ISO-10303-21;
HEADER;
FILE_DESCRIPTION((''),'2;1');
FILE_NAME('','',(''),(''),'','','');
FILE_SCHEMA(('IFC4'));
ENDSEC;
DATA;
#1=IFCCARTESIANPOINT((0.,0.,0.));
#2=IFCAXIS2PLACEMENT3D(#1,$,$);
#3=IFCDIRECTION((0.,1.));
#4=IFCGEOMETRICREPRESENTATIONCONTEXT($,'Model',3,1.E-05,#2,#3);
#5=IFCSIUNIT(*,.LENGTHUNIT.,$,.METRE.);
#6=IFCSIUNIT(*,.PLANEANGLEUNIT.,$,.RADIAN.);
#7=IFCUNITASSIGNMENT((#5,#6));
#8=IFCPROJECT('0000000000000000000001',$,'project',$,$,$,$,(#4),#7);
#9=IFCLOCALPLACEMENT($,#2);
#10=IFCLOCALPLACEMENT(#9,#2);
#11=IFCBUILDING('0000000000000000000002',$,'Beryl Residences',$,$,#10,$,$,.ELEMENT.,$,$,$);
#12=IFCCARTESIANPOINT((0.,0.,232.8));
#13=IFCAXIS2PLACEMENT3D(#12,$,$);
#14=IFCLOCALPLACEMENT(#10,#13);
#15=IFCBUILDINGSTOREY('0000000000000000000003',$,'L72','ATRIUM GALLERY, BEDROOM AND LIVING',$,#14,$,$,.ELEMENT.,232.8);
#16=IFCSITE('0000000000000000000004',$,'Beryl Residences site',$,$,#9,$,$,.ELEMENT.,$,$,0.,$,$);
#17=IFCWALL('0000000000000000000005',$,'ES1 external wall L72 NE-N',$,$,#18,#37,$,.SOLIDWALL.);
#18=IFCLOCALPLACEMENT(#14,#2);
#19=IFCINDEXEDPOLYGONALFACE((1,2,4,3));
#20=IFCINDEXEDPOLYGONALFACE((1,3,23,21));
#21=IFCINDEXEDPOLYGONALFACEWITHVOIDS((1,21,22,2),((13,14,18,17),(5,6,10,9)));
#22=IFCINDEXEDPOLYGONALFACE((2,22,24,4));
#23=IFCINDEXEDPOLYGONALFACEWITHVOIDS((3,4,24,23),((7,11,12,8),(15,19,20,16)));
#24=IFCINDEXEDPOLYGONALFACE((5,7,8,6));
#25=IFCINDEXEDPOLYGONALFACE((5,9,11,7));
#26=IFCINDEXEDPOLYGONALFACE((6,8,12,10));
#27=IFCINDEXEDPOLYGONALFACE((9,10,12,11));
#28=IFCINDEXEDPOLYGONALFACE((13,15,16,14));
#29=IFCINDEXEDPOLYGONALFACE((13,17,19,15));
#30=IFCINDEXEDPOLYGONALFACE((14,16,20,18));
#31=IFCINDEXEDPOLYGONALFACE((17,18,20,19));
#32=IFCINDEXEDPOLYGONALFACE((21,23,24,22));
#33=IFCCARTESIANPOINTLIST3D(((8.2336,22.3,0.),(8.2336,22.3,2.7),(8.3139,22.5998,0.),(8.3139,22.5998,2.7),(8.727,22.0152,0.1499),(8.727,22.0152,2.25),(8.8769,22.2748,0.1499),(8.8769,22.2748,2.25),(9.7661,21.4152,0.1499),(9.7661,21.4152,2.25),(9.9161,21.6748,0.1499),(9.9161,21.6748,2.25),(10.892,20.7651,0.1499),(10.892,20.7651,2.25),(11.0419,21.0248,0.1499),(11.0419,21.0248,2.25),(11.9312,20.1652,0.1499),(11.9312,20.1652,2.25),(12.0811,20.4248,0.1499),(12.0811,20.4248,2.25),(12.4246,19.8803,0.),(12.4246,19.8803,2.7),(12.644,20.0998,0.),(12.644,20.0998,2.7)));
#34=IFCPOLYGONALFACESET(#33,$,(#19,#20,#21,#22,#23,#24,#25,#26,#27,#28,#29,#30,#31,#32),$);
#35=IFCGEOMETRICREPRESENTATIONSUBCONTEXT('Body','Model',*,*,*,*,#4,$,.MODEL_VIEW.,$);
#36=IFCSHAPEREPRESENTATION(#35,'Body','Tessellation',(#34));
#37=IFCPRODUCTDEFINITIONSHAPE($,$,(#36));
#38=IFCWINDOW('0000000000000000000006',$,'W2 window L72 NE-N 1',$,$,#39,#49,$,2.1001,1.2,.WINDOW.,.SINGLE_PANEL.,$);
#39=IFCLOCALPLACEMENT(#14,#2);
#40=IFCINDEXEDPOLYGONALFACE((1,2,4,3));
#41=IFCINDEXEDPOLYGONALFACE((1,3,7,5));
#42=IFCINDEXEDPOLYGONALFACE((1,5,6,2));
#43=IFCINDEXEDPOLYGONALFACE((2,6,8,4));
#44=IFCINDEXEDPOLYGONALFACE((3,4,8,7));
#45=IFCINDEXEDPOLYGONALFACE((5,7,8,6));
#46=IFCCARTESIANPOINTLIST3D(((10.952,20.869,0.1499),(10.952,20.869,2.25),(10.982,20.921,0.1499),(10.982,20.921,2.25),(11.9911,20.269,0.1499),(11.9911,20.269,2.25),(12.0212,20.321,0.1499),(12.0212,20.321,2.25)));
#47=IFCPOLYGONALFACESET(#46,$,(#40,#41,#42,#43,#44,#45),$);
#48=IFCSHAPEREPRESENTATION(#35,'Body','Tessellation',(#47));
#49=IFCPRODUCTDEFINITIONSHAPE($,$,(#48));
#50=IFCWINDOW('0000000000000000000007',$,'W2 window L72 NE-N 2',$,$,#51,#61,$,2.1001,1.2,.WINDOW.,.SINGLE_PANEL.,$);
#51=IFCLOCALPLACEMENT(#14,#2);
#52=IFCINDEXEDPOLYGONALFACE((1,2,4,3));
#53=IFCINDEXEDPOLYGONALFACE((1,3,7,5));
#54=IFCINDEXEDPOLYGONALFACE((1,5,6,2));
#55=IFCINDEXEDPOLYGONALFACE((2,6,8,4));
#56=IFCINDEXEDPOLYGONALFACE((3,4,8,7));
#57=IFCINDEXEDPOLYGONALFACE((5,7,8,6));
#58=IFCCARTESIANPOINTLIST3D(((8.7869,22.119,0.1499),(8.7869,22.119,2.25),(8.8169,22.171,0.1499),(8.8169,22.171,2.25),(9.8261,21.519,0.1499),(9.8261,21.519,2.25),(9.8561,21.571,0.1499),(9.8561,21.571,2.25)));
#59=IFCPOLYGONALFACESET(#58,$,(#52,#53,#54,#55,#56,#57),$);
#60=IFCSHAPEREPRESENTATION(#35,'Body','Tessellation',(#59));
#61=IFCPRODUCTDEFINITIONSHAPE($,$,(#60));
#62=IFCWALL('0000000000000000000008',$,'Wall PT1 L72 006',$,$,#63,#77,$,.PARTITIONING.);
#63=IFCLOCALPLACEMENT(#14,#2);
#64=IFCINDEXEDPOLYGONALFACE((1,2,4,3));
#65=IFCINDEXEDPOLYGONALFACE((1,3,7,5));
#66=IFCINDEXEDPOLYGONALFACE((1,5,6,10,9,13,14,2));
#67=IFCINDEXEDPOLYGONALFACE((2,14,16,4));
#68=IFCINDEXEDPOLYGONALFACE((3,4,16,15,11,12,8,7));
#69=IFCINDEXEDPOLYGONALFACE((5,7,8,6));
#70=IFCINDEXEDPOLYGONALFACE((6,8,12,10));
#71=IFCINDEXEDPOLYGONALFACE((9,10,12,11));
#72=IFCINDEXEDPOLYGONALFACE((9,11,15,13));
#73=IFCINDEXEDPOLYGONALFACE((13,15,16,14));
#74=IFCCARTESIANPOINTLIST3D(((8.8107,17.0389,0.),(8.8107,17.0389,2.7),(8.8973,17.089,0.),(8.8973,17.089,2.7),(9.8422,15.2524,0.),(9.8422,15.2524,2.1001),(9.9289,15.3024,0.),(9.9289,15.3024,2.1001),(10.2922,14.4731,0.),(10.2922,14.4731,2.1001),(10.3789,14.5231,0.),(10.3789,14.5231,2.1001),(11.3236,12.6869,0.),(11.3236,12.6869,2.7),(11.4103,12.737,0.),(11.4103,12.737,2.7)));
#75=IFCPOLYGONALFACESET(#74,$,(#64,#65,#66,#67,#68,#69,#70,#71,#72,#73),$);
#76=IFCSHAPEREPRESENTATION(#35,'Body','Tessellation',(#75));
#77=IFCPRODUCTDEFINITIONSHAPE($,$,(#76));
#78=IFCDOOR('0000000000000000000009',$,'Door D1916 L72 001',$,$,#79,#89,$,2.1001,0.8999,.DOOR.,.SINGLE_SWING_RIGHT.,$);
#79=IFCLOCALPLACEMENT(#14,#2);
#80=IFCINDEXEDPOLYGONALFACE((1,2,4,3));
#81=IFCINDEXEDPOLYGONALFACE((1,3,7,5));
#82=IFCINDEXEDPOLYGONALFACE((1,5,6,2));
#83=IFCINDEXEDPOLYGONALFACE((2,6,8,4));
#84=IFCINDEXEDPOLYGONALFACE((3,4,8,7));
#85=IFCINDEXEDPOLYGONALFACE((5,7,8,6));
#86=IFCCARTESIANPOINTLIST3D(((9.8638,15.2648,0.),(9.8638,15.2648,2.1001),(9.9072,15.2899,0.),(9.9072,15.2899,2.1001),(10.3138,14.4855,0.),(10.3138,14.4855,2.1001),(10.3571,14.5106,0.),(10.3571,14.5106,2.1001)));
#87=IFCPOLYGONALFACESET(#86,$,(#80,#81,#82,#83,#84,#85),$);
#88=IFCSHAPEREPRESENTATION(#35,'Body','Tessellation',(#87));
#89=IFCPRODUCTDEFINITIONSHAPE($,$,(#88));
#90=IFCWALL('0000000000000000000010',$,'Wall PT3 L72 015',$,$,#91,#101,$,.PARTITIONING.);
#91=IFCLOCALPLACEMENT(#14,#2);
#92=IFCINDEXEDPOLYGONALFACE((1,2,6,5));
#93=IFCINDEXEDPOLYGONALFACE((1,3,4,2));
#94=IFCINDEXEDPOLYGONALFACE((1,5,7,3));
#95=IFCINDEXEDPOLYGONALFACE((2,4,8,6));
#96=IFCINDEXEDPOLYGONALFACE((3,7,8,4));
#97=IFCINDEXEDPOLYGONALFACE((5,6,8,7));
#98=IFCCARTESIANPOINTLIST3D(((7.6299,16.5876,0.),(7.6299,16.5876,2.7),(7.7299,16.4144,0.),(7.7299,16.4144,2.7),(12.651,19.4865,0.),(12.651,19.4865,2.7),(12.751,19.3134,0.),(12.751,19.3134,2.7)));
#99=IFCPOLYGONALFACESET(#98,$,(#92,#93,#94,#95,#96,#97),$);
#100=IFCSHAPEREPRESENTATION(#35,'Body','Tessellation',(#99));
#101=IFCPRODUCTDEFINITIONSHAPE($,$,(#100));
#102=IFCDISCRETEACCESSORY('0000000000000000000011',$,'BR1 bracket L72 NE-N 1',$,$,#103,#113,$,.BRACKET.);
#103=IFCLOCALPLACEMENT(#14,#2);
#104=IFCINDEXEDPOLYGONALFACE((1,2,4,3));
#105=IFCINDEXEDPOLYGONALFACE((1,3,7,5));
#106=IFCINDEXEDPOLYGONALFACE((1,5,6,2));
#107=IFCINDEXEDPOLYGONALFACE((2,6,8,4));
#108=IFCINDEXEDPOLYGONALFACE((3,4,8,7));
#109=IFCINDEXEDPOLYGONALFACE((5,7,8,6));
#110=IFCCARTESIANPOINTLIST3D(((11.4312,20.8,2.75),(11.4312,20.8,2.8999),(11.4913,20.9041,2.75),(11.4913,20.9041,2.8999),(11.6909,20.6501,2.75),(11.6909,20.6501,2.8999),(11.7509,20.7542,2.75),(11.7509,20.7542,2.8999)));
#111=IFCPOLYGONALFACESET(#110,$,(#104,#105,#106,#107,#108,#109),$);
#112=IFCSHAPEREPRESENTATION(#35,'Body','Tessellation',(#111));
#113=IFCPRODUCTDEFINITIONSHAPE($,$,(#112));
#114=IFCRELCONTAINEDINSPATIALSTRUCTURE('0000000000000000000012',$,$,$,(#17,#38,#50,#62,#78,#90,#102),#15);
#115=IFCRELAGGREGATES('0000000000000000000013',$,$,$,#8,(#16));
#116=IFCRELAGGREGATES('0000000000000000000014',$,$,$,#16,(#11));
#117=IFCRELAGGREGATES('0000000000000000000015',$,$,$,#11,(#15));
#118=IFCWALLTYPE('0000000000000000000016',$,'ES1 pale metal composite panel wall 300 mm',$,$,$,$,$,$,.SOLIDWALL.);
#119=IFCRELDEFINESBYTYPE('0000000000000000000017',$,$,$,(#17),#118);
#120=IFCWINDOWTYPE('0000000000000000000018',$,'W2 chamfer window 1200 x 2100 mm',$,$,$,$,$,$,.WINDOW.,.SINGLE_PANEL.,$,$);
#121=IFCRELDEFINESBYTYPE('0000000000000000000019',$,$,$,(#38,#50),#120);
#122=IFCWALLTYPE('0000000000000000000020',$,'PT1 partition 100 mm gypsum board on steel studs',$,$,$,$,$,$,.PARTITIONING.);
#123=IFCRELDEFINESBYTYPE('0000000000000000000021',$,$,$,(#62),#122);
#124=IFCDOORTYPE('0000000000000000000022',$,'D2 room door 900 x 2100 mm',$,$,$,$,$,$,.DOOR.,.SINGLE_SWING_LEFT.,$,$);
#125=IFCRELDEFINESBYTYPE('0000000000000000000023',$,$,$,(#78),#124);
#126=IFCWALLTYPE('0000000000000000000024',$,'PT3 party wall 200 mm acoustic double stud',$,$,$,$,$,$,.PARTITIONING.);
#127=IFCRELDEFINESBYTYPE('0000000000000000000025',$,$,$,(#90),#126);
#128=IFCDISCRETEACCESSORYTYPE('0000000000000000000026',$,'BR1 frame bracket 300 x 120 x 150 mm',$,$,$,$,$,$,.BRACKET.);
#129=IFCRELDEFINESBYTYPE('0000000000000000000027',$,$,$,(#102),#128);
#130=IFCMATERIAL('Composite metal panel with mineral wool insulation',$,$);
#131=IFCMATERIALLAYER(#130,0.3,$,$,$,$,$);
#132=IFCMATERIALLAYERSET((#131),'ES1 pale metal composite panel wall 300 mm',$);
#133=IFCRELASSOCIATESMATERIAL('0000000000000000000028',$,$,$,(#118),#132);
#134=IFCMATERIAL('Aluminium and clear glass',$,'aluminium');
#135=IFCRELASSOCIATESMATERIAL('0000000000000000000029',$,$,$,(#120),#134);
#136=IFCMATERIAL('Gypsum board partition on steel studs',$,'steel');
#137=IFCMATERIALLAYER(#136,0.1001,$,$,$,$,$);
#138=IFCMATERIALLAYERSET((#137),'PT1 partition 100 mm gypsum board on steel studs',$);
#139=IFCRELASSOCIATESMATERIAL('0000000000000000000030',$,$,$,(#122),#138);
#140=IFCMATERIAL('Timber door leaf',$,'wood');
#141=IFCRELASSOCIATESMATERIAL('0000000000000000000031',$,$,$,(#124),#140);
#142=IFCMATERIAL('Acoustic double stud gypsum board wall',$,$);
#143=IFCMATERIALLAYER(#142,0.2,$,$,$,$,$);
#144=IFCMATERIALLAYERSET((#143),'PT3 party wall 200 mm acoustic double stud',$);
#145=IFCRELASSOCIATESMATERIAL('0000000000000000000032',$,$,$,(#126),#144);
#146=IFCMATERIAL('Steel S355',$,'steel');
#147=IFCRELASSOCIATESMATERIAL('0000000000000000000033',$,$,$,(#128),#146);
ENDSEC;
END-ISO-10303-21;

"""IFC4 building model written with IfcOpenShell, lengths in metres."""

from ifc_helpers import new_model, si_unit, direction, frame, frame_2d, origin, place, context, subcontext, project, spatial, polyline, rectangle, outline, extrude, source, transform, mapped, material, layer, layer_set, type_object, type_shapes, element, fill, save


model = new_model("IFC4")

# Units and contexts
model_context = context("Model", 3, precision=1e-05, world=origin(), true_north=direction((0.0, 1.0)))
body_context = subcontext(model_context, "Body", "Model", "MODEL_VIEW")
ifc_project = project(units=[si_unit("LENGTHUNIT", "METRE"), si_unit("PLANEANGLEUNIT", "RADIAN")], contexts=[model_context])

# Site, building, storey
site_placement = place(None, origin())
site = spatial("IfcSite", under=ifc_project, at=site_placement, Name="Beryl Residences site", CompositionType="ELEMENT", RefElevation=0.0)
building_placement = place(site_placement, origin())
building = spatial("IfcBuilding", under=site, at=building_placement, Name="Beryl Residences", CompositionType="ELEMENT")
storey_placement = place(building_placement, frame((0.0, 0.0, 232.8)))
storey = spatial("IfcBuildingStorey", under=building, at=storey_placement, Name="L72", Description="ATRIUM GALLERY, BEDROOM AND LIVING", CompositionType="ELEMENT", Elevation=232.8)

# Wall, openings, windows
ifc_material_1 = material(Name="Composite metal panel with mineral wool insulation")
ifc_layer_1 = layer(ifc_material_1, 0.3)
ifc_layer_set_1 = layer_set([ifc_layer_1], Name="ES1 pale metal composite panel wall 300 mm")
wall_type_1 = type_object("IfcWallType", Name="ES1 pale metal composite panel wall 300 mm", PredefinedType="SOLIDWALL", material=ifc_layer_set_1)
wall_1_placement = place(storey_placement, frame((12.5691, 19.97, 0.0), z_axis=(0.0, 0.0, 1.0), x_axis=(-0.866023, 0.500004, 0.0)))
wall_1 = element("IfcWall", 1, at=wall_1_placement, inside=storey, type_object=wall_type_1, Name="ES1 external wall L72 NE-N", PredefinedType="SOLIDWALL", context=body_context, shape_type="SweptSolid", body=[
    extrude(outline(polyline([(0.0, -0.1499), (5.0, -0.1499), (4.9197, 0.1499), (0.0803, 0.1499), (0.0, -0.1499)])), origin(), (0.0, 0.0, 1.0), 2.7),
])
opening_1_placement = place(wall_1_placement, frame((0.6499, 0.0, 0.1499)))
opening_1 = element("IfcOpeningElement", 2, at=opening_1_placement, cuts=wall_1, PredefinedType="OPENING", context=body_context, shape_type="SweptSolid", body=[
    extrude(rectangle(XDim=1.2, YDim=2.1001, at=frame_2d((0.6001, 1.05))), frame((0.0, 0.1599, 0.0), z_axis=(0.0, -1.0, 0.0), x_axis=(1.0, 0.0, 0.0)), (0.0, 0.0, 1.0), 0.3201),
])
opening_2_placement = place(wall_1_placement, frame((3.1499, 0.0, 0.1499)))
opening_2 = element("IfcOpeningElement", 3, at=opening_2_placement, cuts=wall_1, PredefinedType="OPENING", context=body_context, shape_type="SweptSolid", body=[
    extrude(rectangle(XDim=1.2, YDim=2.1001, at=frame_2d((0.6001, 1.05))), frame((0.0, 0.1599, 0.0), z_axis=(0.0, -1.0, 0.0), x_axis=(1.0, 0.0, 0.0)), (0.0, 0.0, 1.0), 0.3201),
])
ifc_material_2 = material(Name="Aluminium and clear glass", Category="aluminium")
window_type_1 = type_object("IfcWindowType", Name="W2 chamfer window 1200 x 2100 mm", PartitioningType="SINGLE_PANEL", PredefinedType="WINDOW", material=ifc_material_2)
window_1_placement = place(opening_1_placement, origin())
window_1 = element("IfcWindow", 4, at=window_1_placement, inside=storey, type_object=window_type_1, Name="W2 window L72 NE-N 1", OverallHeight=2.1001, OverallWidth=1.2, PartitioningType="SINGLE_PANEL", PredefinedType="WINDOW", context=body_context, shape_type="SweptSolid", body=[
    extrude(rectangle(XDim=1.2, YDim=2.1001, at=frame_2d((0.6001, 1.05))), frame((0.0, 0.03, 0.0), z_axis=(0.0, -1.0, 0.0), x_axis=(1.0, 0.0, 0.0)), (0.0, 0.0, 1.0), 0.0601),
])
fill(opening_1, window_1)
window_2_placement = place(opening_2_placement, origin())
window_2 = element("IfcWindow", 5, at=window_2_placement, inside=storey, type_object=window_type_1, Name="W2 window L72 NE-N 2", OverallHeight=2.1001, OverallWidth=1.2, PartitioningType="SINGLE_PANEL", PredefinedType="WINDOW", context=body_context, shape_type="SweptSolid", body=[
    extrude(rectangle(XDim=1.2, YDim=2.1001, at=frame_2d((0.6001, 1.05))), frame((0.0, 0.03, 0.0), z_axis=(0.0, -1.0, 0.0), x_axis=(1.0, 0.0, 0.0)), (0.0, 0.0, 1.0), 0.0601),
])
fill(opening_2, window_2)

# Wall, opening, door
ifc_material_3 = material(Name="Gypsum board partition on steel studs", Category="steel")
ifc_layer_2 = layer(ifc_material_3, 0.1001)
ifc_layer_set_2 = layer_set([ifc_layer_2], Name="PT1 partition 100 mm gypsum board on steel studs")
wall_type_2 = type_object("IfcWallType", Name="PT1 partition 100 mm gypsum board on steel studs", PredefinedType="PARTITIONING", material=ifc_layer_set_2)
wall_2_placement = place(storey_placement, frame((8.854, 17.064, 0.0), z_axis=(0.0, 0.0, 1.0), x_axis=(0.500042, -0.866001, 0.0)))
wall_2 = element("IfcWall", 6, at=wall_2_placement, inside=storey, type_object=wall_type_2, Name="Wall PT1 L72 006", PredefinedType="PARTITIONING", context=body_context, shape_type="SweptSolid", body=[
    extrude(rectangle(XDim=5.0254, YDim=0.1001, at=frame_2d((2.5127, 0.0))), origin(), (0.0, 0.0, 1.0), 2.7),
])
opening_3_placement = place(wall_2_placement, frame((2.063, 0.0, 0.0)))
opening_3 = element("IfcOpeningElement", 7, at=opening_3_placement, cuts=wall_2, PredefinedType="OPENING", context=body_context, shape_type="SweptSolid", body=[
    extrude(rectangle(XDim=0.8999, YDim=2.1001, at=frame_2d((0.45, 1.05))), frame((0.0, 0.0601, 0.0), z_axis=(0.0, -1.0, 0.0), x_axis=(1.0, 0.0, 0.0)), (0.0, 0.0, 1.0), 0.1201),
])
ifc_material_4 = material(Name="Timber door leaf", Category="wood")
door_type = type_object("IfcDoorType", Name="D2 room door 900 x 2100 mm", OperationType="SINGLE_SWING_LEFT", PredefinedType="DOOR", material=ifc_material_4)
door_placement = place(opening_3_placement, origin())
door = element("IfcDoor", 8, at=door_placement, inside=storey, type_object=door_type, Name="Door D1916 L72 001", OperationType="SINGLE_SWING_RIGHT", OverallHeight=2.1001, OverallWidth=0.8999, PredefinedType="DOOR", context=body_context, shape_type="SweptSolid", body=[
    extrude(rectangle(XDim=0.8999, YDim=2.1001, at=frame_2d((0.45, 1.05))), frame((0.0, 0.0249, 0.0), z_axis=(0.0, -1.0, 0.0), x_axis=(1.0, 0.0, 0.0)), (0.0, 0.0, 1.0), 0.05),
])
fill(opening_3, door)

# Wall
ifc_material_5 = material(Name="Acoustic double stud gypsum board wall")
ifc_layer_3 = layer(ifc_material_5, 0.2)
ifc_layer_set_3 = layer_set([ifc_layer_3], Name="PT3 party wall 200 mm acoustic double stud")
wall_type_3 = type_object("IfcWallType", Name="PT3 party wall 200 mm acoustic double stud", PredefinedType="PARTITIONING", material=ifc_layer_set_3)
wall_3_placement = place(storey_placement, frame((7.6799, 16.501, 0.0), z_axis=(0.0, 0.0, 1.0), x_axis=(0.866021, 0.500007, 0.0)))
element("IfcWall", 9, at=wall_3_placement, inside=storey, type_object=wall_type_3, Name="Wall PT3 L72 015", PredefinedType="PARTITIONING", context=body_context, shape_type="SweptSolid", body=[
    extrude(rectangle(XDim=5.7979, YDim=0.2, at=frame_2d((2.8989, 0.0))), origin(), (0.0, 0.0, 1.0), 2.7),
])

# Discrete accessory
ifc_material_6 = material(Name="Steel S355", Category="steel")
discrete_accessory_type = type_object("IfcDiscreteAccessoryType", Name="BR1 frame bracket 300 x 120 x 150 mm", PredefinedType="BRACKET", material=ifc_material_6)
shared_shape_1 = source(origin(), body_context, "Body", "SweptSolid", [
    extrude(outline(polyline([(-0.1499, 0.0), (0.1499, 0.0), (0.1499, 0.1201), (-0.1499, 0.1201), (-0.1499, 0.0)])), origin(), (0.0, 0.0, 1.0), 0.1499),
])
type_shapes(discrete_accessory_type, [shared_shape_1])
discrete_accessory_placement = place(storey_placement, frame((11.561, 20.7251, 2.75), z_axis=(0.0, 0.0, 1.0), x_axis=(0.866025, -0.5, 0.0)))
element("IfcDiscreteAccessory", 10, at=discrete_accessory_placement, inside=storey, type_object=discrete_accessory_type, Name="BR1 bracket L72 NE-N 1", PredefinedType="BRACKET", context=body_context, shape_type="MappedRepresentation", body=[
    mapped(shared_shape_1, transform((0.0, 0.0, 0.0))),
])

save(model, "model.ifc")
